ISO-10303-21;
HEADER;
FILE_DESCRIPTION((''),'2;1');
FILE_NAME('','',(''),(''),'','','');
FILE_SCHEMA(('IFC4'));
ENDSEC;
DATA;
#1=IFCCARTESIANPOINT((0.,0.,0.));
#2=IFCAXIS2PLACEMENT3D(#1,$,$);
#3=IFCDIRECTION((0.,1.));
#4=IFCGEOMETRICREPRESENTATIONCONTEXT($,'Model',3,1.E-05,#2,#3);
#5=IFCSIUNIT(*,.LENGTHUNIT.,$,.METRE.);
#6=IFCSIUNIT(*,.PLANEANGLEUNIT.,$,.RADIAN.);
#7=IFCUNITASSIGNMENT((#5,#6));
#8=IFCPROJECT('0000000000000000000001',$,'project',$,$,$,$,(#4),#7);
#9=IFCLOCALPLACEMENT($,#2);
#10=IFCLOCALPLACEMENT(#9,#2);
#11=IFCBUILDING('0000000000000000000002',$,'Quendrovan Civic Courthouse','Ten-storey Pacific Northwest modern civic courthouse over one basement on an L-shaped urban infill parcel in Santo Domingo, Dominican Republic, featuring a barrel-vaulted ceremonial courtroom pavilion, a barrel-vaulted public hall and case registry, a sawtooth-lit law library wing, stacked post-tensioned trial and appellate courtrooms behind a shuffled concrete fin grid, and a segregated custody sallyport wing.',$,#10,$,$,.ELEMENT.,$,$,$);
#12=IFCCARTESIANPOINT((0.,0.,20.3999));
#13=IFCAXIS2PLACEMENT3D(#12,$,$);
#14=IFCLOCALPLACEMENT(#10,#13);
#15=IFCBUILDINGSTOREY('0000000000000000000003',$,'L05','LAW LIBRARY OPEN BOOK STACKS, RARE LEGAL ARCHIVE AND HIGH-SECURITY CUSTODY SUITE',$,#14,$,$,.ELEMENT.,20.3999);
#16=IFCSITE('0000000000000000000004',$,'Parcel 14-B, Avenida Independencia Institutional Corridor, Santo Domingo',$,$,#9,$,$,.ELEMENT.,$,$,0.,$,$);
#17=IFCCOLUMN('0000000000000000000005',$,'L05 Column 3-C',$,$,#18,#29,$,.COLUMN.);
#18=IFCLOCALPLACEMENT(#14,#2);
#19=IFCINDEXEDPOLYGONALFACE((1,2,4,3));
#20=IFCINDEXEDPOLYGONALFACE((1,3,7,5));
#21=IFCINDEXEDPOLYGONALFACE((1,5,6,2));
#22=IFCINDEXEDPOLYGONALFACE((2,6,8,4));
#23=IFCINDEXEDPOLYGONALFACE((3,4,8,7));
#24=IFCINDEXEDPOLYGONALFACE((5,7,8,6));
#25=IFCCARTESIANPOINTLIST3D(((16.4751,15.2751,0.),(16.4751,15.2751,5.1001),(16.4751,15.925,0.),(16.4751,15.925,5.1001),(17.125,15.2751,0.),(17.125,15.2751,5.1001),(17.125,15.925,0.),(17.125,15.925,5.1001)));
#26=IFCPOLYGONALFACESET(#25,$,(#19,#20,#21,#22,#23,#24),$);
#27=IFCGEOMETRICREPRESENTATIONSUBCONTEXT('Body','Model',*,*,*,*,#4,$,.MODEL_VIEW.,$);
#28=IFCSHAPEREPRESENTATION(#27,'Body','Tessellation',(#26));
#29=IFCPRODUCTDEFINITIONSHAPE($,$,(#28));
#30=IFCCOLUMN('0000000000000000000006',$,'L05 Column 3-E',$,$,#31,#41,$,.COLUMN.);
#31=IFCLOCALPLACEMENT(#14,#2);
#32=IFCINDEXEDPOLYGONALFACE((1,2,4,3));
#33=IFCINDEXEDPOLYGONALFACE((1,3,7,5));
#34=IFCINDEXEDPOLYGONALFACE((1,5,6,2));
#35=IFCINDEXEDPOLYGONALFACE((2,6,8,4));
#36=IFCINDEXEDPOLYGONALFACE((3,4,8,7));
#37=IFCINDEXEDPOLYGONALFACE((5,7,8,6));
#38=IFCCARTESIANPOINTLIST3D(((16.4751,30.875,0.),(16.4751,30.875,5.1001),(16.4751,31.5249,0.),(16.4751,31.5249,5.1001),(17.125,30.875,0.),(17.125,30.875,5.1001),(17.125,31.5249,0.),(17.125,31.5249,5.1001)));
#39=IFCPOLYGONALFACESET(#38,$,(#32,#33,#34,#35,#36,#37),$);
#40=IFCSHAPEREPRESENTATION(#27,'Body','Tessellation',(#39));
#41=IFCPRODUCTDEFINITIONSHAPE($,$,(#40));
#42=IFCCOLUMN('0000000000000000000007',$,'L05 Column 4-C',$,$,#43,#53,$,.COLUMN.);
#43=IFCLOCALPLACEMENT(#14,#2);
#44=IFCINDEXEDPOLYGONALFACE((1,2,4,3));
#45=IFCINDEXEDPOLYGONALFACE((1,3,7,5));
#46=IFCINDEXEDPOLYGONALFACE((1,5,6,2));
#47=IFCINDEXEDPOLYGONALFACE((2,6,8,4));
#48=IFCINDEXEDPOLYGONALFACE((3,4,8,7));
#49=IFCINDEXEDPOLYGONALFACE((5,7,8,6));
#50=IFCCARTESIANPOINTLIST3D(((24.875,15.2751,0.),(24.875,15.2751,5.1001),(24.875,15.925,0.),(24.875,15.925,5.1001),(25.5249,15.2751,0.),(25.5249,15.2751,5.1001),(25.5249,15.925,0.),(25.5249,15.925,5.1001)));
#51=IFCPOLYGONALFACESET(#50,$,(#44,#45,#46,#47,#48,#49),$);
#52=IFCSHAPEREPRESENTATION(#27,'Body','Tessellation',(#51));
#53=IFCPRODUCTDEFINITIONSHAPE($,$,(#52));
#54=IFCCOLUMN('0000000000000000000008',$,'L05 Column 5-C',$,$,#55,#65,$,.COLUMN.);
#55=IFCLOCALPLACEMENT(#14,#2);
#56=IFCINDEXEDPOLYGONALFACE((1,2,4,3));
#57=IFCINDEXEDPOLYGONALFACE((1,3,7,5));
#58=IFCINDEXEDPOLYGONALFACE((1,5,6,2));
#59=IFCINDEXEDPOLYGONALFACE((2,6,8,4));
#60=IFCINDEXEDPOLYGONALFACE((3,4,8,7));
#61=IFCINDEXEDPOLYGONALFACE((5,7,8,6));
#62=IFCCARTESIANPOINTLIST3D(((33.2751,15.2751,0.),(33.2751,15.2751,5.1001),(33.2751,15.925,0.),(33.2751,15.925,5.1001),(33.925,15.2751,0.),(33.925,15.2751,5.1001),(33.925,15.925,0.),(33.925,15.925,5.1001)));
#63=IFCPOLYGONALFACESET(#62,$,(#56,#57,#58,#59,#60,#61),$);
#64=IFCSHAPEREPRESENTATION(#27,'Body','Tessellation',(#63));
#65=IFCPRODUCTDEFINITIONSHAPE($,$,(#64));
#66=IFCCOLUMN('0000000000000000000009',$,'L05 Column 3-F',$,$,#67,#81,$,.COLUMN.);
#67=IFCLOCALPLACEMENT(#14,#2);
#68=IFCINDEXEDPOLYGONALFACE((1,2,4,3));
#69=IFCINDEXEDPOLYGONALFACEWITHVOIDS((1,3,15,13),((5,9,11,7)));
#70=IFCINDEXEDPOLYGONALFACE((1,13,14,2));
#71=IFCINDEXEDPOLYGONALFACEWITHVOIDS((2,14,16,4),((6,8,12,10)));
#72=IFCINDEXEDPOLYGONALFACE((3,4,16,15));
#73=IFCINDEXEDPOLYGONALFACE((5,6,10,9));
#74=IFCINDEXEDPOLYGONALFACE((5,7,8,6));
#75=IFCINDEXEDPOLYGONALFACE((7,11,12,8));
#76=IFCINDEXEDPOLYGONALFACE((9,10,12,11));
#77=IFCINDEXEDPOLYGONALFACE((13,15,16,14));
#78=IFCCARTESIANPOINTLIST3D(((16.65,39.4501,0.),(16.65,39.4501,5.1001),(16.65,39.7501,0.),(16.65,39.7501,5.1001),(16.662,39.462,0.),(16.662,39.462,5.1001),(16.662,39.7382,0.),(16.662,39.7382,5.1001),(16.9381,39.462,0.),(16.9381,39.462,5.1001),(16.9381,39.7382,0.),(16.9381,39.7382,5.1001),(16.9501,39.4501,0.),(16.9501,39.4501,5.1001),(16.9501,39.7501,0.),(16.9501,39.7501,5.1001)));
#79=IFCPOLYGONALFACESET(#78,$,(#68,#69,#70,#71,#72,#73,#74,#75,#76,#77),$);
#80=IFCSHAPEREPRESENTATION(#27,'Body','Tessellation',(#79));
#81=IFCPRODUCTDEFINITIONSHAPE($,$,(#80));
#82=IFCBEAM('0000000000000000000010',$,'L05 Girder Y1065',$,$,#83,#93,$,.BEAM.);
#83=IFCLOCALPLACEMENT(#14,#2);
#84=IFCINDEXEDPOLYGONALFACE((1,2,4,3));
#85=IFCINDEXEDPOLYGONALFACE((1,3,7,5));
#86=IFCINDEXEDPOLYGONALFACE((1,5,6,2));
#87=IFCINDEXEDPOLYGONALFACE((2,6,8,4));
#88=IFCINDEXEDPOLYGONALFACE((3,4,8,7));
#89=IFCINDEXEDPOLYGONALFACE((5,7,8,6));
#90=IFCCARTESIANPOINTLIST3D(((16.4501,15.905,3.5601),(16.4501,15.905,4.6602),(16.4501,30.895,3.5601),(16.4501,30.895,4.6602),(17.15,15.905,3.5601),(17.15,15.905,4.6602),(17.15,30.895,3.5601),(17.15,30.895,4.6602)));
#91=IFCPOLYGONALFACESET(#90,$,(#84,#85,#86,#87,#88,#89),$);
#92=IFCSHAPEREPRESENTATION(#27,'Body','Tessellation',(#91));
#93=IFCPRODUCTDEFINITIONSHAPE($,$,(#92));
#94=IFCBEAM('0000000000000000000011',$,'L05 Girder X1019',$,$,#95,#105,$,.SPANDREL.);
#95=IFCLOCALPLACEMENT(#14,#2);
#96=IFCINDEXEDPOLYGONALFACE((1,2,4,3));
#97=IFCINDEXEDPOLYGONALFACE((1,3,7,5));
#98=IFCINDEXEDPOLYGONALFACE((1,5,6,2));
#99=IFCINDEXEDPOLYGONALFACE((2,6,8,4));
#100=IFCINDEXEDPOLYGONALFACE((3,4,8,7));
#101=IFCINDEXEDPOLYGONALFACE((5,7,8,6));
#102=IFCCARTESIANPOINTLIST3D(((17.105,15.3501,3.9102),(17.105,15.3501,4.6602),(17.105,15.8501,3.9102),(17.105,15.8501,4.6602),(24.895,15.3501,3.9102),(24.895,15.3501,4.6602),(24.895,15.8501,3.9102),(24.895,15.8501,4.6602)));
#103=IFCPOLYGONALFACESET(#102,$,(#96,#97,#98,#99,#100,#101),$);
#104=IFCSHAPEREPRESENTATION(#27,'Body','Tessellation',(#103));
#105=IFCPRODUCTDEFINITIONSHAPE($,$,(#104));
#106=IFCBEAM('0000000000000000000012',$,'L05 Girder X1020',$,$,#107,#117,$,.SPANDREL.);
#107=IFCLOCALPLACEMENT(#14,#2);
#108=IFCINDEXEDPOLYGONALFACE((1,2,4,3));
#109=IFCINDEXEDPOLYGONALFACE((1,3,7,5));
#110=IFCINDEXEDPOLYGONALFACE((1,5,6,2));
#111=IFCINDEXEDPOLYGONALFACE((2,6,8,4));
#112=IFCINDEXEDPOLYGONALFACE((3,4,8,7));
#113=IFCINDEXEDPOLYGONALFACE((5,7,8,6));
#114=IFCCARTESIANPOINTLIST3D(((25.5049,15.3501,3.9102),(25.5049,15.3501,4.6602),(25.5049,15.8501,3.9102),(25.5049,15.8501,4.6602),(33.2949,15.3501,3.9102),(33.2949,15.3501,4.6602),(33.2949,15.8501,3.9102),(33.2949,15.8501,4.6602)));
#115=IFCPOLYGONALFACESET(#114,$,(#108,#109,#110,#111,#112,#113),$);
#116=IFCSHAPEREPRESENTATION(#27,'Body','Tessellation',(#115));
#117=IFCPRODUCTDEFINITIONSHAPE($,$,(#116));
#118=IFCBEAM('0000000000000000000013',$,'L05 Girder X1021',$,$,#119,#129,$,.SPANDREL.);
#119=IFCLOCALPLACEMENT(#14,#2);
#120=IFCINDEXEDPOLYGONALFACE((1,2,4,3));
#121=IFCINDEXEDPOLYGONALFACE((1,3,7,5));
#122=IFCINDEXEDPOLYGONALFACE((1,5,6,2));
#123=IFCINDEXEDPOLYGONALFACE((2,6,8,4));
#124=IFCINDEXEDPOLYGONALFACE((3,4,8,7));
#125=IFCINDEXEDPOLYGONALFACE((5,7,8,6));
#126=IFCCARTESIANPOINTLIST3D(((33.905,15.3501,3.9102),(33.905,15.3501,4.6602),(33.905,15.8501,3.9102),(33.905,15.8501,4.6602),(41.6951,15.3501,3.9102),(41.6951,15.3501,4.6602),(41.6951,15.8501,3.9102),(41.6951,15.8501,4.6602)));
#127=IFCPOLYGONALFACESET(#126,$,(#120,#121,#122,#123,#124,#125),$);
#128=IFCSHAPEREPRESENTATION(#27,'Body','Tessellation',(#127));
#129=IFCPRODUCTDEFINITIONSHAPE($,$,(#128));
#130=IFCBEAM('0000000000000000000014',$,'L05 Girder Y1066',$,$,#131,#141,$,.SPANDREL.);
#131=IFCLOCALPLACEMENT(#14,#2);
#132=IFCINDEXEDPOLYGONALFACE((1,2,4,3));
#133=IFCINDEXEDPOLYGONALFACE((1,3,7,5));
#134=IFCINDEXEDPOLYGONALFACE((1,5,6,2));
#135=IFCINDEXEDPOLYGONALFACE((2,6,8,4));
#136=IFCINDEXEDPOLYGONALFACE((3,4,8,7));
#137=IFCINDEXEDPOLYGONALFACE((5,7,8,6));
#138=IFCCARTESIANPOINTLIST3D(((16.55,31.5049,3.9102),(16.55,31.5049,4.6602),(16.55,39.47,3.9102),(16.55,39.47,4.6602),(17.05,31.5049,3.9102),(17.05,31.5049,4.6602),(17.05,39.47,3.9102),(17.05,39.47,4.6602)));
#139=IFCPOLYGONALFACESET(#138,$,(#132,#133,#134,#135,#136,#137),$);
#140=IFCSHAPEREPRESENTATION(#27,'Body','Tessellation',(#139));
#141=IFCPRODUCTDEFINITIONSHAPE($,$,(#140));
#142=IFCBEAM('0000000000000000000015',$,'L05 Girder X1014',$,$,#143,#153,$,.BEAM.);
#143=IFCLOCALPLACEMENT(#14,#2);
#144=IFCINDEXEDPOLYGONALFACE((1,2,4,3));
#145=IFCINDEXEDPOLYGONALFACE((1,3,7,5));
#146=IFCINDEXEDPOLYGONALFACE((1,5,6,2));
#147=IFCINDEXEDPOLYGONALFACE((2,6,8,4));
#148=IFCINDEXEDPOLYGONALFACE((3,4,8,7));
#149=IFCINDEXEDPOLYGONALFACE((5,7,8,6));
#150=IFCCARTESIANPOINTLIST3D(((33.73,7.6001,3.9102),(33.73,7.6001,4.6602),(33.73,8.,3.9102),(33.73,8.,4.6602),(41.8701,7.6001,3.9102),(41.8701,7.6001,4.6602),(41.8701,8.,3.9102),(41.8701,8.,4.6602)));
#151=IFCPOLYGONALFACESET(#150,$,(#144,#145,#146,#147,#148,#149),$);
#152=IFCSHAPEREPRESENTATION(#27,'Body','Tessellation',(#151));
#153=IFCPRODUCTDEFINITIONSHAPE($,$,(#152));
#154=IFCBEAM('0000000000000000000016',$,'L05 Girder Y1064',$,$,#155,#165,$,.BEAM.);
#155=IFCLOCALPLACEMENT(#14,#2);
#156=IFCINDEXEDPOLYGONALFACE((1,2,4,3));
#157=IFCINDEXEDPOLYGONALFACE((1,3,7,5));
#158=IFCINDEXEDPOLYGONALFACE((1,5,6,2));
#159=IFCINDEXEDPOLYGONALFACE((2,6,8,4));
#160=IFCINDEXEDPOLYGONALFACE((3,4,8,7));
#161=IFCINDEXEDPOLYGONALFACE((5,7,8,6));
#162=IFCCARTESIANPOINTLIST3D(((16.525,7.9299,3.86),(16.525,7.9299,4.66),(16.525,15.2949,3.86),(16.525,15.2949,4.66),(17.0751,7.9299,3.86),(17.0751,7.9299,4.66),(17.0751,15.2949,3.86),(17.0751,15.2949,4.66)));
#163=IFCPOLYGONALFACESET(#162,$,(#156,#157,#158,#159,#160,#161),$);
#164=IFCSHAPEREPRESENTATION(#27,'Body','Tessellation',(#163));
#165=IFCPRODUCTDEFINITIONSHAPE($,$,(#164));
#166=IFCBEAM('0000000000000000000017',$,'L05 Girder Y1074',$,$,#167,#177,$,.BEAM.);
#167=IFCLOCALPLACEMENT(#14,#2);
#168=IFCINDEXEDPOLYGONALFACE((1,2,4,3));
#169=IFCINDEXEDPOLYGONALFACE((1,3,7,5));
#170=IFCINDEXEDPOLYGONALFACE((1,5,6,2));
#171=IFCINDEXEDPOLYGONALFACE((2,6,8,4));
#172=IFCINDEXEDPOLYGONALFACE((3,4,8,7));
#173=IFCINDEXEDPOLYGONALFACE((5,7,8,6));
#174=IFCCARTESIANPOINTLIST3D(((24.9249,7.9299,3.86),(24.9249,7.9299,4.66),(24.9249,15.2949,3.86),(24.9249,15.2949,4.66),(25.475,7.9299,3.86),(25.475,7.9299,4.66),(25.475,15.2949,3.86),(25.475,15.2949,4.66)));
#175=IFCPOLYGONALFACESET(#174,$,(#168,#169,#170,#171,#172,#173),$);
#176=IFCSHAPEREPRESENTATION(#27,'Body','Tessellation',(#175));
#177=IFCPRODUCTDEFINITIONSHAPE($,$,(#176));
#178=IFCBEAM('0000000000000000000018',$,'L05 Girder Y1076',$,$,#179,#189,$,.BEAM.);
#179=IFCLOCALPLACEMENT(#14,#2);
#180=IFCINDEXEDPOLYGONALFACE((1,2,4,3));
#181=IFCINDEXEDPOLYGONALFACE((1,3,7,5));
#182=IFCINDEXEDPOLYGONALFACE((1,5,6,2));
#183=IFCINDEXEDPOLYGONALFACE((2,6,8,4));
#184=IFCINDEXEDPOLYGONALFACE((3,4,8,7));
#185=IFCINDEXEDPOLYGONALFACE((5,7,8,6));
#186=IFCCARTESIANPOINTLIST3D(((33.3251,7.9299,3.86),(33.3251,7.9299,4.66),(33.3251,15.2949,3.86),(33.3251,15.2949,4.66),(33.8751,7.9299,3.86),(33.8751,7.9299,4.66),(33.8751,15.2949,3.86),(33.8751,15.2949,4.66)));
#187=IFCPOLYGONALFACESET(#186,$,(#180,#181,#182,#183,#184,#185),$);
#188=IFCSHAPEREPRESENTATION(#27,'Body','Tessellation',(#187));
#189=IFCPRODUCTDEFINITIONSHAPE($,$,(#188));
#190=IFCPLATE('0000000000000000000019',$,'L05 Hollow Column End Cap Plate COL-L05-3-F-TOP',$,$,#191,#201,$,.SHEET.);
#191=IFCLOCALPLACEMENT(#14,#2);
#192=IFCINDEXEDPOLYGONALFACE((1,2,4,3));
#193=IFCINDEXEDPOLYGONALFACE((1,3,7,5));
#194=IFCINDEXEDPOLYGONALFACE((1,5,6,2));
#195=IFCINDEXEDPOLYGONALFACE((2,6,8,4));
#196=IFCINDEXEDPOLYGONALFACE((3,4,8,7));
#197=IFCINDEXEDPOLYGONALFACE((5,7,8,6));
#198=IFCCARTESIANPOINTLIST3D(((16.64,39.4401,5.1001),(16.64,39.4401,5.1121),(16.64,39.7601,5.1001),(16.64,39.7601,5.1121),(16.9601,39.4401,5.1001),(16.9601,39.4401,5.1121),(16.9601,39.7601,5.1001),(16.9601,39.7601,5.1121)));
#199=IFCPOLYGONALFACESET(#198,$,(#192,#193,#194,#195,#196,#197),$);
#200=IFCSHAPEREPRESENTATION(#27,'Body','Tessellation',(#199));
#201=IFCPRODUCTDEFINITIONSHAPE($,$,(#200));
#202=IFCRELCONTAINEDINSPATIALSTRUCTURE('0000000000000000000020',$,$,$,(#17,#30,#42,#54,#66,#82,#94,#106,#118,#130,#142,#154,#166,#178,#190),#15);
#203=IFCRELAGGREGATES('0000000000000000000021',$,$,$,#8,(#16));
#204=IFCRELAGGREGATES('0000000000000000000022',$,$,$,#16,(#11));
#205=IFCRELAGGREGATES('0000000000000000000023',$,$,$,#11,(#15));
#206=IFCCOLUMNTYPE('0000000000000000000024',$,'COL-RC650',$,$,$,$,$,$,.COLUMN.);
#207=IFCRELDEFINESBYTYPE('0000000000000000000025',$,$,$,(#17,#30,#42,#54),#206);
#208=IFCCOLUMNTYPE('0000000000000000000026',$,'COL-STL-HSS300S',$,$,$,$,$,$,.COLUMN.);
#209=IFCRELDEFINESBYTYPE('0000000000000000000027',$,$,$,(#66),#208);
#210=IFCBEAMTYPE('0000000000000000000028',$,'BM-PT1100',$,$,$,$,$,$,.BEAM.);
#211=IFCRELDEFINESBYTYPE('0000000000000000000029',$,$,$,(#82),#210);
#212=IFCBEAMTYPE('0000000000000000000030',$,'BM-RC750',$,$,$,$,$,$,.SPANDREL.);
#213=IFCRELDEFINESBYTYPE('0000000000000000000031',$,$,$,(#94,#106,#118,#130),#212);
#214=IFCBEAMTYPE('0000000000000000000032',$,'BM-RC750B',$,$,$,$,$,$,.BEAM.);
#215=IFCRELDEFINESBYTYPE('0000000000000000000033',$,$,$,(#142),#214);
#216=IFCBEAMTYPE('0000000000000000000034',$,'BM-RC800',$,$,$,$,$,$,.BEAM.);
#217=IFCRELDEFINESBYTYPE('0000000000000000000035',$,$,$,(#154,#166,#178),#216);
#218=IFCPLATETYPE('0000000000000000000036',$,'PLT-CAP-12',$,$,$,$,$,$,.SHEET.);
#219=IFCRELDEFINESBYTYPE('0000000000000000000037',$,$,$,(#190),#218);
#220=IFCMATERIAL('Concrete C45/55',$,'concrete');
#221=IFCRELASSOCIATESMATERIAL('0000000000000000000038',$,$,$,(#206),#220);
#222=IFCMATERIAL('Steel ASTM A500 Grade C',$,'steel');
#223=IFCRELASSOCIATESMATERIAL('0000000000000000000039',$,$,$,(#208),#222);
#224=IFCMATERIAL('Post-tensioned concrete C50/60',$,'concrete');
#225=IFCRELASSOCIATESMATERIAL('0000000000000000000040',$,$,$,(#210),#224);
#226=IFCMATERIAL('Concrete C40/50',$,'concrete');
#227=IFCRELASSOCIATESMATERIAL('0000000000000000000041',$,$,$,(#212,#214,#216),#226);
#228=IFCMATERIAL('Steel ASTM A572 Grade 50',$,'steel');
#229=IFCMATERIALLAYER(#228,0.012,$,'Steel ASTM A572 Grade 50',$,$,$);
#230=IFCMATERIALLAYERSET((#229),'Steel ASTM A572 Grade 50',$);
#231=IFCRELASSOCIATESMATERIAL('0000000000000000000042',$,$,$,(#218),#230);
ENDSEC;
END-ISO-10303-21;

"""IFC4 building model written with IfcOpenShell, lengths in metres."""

from ifc_helpers import new_model, si_unit, direction, frame, origin, origin_2d, place, context, subcontext, project, spatial, rectangle, hollow_rectangle, extrude, material, layer, layer_set, material_profile, profile_set, type_object, element, save


model = new_model("IFC4")

# Units and contexts
model_context = context("Model", 3, precision=1e-05, world=origin(), true_north=direction((0.0, 1.0)))
body_context = subcontext(model_context, "Body", "Model", "MODEL_VIEW")
ifc_project = project(units=[si_unit("LENGTHUNIT", "METRE"), si_unit("PLANEANGLEUNIT", "RADIAN")], contexts=[model_context])

# Site, building, storey
site_placement = place(None, origin())
site = spatial("IfcSite", under=ifc_project, at=site_placement, Name="Parcel 14-B, Avenida Independencia Institutional Corridor, Santo Domingo", CompositionType="ELEMENT", RefElevation=0.0)
building_placement = place(site_placement, origin())
building = spatial("IfcBuilding", under=site, at=building_placement, Name="Quendrovan Civic Courthouse", Description="Ten-storey Pacific Northwest modern civic courthouse over one basement on an L-shaped urban infill parcel in Santo Domingo, Dominican Republic, featuring a barrel-vaulted ceremonial courtroom pavilion, a barrel-vaulted public hall and case registry, a sawtooth-lit law library wing, stacked post-tensioned trial and appellate courtrooms behind a shuffled concrete fin grid, and a segregated custody sallyport wing.", CompositionType="ELEMENT")
storey_placement = place(building_placement, frame((0.0, 0.0, 20.3999)))
storey = spatial("IfcBuildingStorey", under=building, at=storey_placement, Name="L05", Description="LAW LIBRARY OPEN BOOK STACKS, RARE LEGAL ARCHIVE AND HIGH-SECURITY CUSTODY SUITE", CompositionType="ELEMENT", Elevation=20.3999)

# Columns
ifc_material_1 = material(Name="Concrete C45/55", Category="concrete")
ifc_material_profile_1 = material_profile(ifc_material_1, rectangle(XDim=0.6499, YDim=0.6499, at=origin_2d()), Name="RC-COL-650x650")
ifc_profile_set_1 = profile_set([ifc_material_profile_1], Name="Concrete C45/55")
column_type_1 = type_object("IfcColumnType", Name="COL-RC650", PredefinedType="COLUMN", material=ifc_profile_set_1)
for number, where, z_axis, x_axis, name in (
    (1, (16.8, 15.6001, 0.0), (0.0, 0.0, 1.0), (1.0, 0.0, 0.0), "L05 Column 3-C"),
    (2, (16.8, 31.2, 0.0), (0.0, 0.0, 1.0), (1.0, 0.0, 0.0), "L05 Column 3-E"),
    (3, (25.2, 15.6001, 0.0), (0.0, 0.0, 1.0), (1.0, 0.0, 0.0), "L05 Column 4-C"),
    (4, (33.6001, 15.6001, 0.0), (0.0, 0.0, 1.0), (1.0, 0.0, 0.0), "L05 Column 5-C"),
):
    element("IfcColumn", number, at=place(storey_placement, frame(where, z_axis=z_axis, x_axis=x_axis)), inside=storey, type_object=column_type_1, Name=name, PredefinedType="COLUMN", context=body_context, shape_type="SweptSolid", body=[
        extrude(rectangle(XDim=0.6499, YDim=0.6499, at=origin_2d()), origin(), (0.0, 0.0, 1.0), 5.1001),
    ])
ifc_material_2 = material(Name="Steel ASTM A500 Grade C", Category="steel")
ifc_material_profile_2 = material_profile(ifc_material_2, hollow_rectangle(XDim=0.3, YDim=0.3, WallThickness=0.012, at=origin_2d()), Name="HSS300x300x12")
ifc_profile_set_2 = profile_set([ifc_material_profile_2], Name="Steel ASTM A500 Grade C")
column_type_2 = type_object("IfcColumnType", Name="COL-STL-HSS300S", PredefinedType="COLUMN", material=ifc_profile_set_2)
column_placement = place(storey_placement, frame((16.8, 39.6001, 0.0), z_axis=(0.0, 0.0, 1.0), x_axis=(1.0, 0.0, 0.0)))
element("IfcColumn", 5, at=column_placement, inside=storey, type_object=column_type_2, Name="L05 Column 3-F", PredefinedType="COLUMN", context=body_context, shape_type="SweptSolid", body=[
    extrude(hollow_rectangle(XDim=0.3, YDim=0.3, WallThickness=0.012, at=origin_2d()), origin(), (0.0, 0.0, 1.0), 5.1001),
])

# Beams
ifc_material_3 = material(Name="Post-tensioned concrete C50/60", Category="concrete")
ifc_material_profile_3 = material_profile(ifc_material_3, rectangle(XDim=0.7, YDim=1.1001, at=origin_2d()), Name="PT-GIRD-700x1100")
ifc_profile_set_3 = profile_set([ifc_material_profile_3], Name="Post-tensioned concrete C50/60")
beam_type_1 = type_object("IfcBeamType", Name="BM-PT1100", PredefinedType="BEAM", material=ifc_profile_set_3)
beam_1_placement = place(storey_placement, frame((16.8, 15.905, 4.1101), z_axis=(0.0, 1.0, 0.0), x_axis=(-1.0, 0.0, 0.0)))
element("IfcBeam", 6, at=beam_1_placement, inside=storey, type_object=beam_type_1, Name="L05 Girder Y1065", PredefinedType="BEAM", context=body_context, shape_type="SweptSolid", body=[
    extrude(rectangle(XDim=0.7, YDim=1.1001, at=origin_2d()), origin(), (0.0, 0.0, 1.0), 14.99),
])
ifc_material_4 = material(Name="Concrete C40/50", Category="concrete")
ifc_material_profile_4 = material_profile(ifc_material_4, rectangle(XDim=0.5, YDim=0.75, at=origin_2d()), Name="RC-BM-500x750")
ifc_profile_set_4 = profile_set([ifc_material_profile_4], Name="Concrete C40/50")
beam_type_2 = type_object("IfcBeamType", Name="BM-RC750", PredefinedType="SPANDREL", material=ifc_profile_set_4)
for number, where, z_axis, x_axis, name in (
    (7, (17.105, 15.6001, 4.2852), (1.0, 0.0, 0.0), (0.0, 1.0, 0.0), "L05 Girder X1019"),
    (8, (25.5049, 15.6001, 4.2852), (1.0, 0.0, 0.0), (0.0, 1.0, 0.0), "L05 Girder X1020"),
    (9, (33.905, 15.6001, 4.2852), (1.0, 0.0, 0.0), (0.0, 1.0, 0.0), "L05 Girder X1021"),
):
    element("IfcBeam", number, at=place(storey_placement, frame(where, z_axis=z_axis, x_axis=x_axis)), inside=storey, type_object=beam_type_2, Name=name, PredefinedType="SPANDREL", context=body_context, shape_type="SweptSolid", body=[
        extrude(rectangle(XDim=0.5, YDim=0.75, at=origin_2d()), origin(), (0.0, 0.0, 1.0), 7.79),
    ])
beam_2_placement = place(storey_placement, frame((16.8, 31.5049, 4.2852), z_axis=(0.0, 1.0, 0.0), x_axis=(-1.0, 0.0, 0.0)))
element("IfcBeam", 10, at=beam_2_placement, inside=storey, type_object=beam_type_2, Name="L05 Girder Y1066", PredefinedType="SPANDREL", context=body_context, shape_type="SweptSolid", body=[
    extrude(rectangle(XDim=0.5, YDim=0.75, at=origin_2d()), origin(), (0.0, 0.0, 1.0), 7.9651),
])
ifc_material_profile_5 = material_profile(ifc_material_4, rectangle(XDim=0.3999, YDim=0.75, at=origin_2d()), Name="RC-BM-400x750")
ifc_profile_set_5 = profile_set([ifc_material_profile_5], Name="Concrete C40/50")
beam_type_3 = type_object("IfcBeamType", Name="BM-RC750B", PredefinedType="BEAM", material=ifc_profile_set_5)
beam_3_placement = place(storey_placement, frame((33.73, 7.8, 4.2852), z_axis=(1.0, 0.0, 0.0), x_axis=(0.0, 1.0, 0.0)))
element("IfcBeam", 11, at=beam_3_placement, inside=storey, type_object=beam_type_3, Name="L05 Girder X1014", PredefinedType="BEAM", context=body_context, shape_type="SweptSolid", body=[
    extrude(rectangle(XDim=0.3999, YDim=0.75, at=origin_2d()), origin(), (0.0, 0.0, 1.0), 8.1401),
])
ifc_material_profile_6 = material_profile(ifc_material_4, rectangle(XDim=0.55, YDim=0.8, at=origin_2d()), Name="RC-BM-550x800")
ifc_profile_set_6 = profile_set([ifc_material_profile_6], Name="Concrete C40/50")
beam_type_4 = type_object("IfcBeamType", Name="BM-RC800", PredefinedType="BEAM", material=ifc_profile_set_6)
for number, where, z_axis, x_axis, name in (
    (12, (16.8, 7.9299, 4.26), (0.0, 1.0, 0.0), (-1.0, 0.0, 0.0), "L05 Girder Y1064"),
    (13, (25.2, 7.9299, 4.26), (0.0, 1.0, 0.0), (-1.0, 0.0, 0.0), "L05 Girder Y1074"),
    (14, (33.6001, 7.9299, 4.26), (0.0, 1.0, 0.0), (-1.0, 0.0, 0.0), "L05 Girder Y1076"),
):
    element("IfcBeam", number, at=place(storey_placement, frame(where, z_axis=z_axis, x_axis=x_axis)), inside=storey, type_object=beam_type_4, Name=name, PredefinedType="BEAM", context=body_context, shape_type="SweptSolid", body=[
        extrude(rectangle(XDim=0.55, YDim=0.8, at=origin_2d()), origin(), (0.0, 0.0, 1.0), 7.365),
    ])

# Plate
ifc_material_5 = material(Name="Steel ASTM A572 Grade 50", Category="steel")
ifc_layer_1 = layer(ifc_material_5, 0.012, Name="Steel ASTM A572 Grade 50")
ifc_layer_set_1 = layer_set([ifc_layer_1], Name="Steel ASTM A572 Grade 50")
plate_type = type_object("IfcPlateType", Name="PLT-CAP-12", PredefinedType="SHEET", material=ifc_layer_set_1)
for number, where, z_axis, x_axis, name in (
    (15, (16.8, 39.6001, 5.1001), (0.0, 0.0, 1.0), (1.0, 0.0, 0.0), "L05 Hollow Column End Cap Plate COL-L05-3-F-TOP"),
):
    element("IfcPlate", number, at=place(storey_placement, frame(where, z_axis=z_axis, x_axis=x_axis)), inside=storey, type_object=plate_type, Name=name, PredefinedType="SHEET", context=body_context, shape_type="SweptSolid", body=[
        extrude(rectangle(XDim=0.3201, YDim=0.3201, at=origin_2d()), origin(), (0.0, 0.0, 1.0), 0.012),
    ])

save(model, "model.ifc")
